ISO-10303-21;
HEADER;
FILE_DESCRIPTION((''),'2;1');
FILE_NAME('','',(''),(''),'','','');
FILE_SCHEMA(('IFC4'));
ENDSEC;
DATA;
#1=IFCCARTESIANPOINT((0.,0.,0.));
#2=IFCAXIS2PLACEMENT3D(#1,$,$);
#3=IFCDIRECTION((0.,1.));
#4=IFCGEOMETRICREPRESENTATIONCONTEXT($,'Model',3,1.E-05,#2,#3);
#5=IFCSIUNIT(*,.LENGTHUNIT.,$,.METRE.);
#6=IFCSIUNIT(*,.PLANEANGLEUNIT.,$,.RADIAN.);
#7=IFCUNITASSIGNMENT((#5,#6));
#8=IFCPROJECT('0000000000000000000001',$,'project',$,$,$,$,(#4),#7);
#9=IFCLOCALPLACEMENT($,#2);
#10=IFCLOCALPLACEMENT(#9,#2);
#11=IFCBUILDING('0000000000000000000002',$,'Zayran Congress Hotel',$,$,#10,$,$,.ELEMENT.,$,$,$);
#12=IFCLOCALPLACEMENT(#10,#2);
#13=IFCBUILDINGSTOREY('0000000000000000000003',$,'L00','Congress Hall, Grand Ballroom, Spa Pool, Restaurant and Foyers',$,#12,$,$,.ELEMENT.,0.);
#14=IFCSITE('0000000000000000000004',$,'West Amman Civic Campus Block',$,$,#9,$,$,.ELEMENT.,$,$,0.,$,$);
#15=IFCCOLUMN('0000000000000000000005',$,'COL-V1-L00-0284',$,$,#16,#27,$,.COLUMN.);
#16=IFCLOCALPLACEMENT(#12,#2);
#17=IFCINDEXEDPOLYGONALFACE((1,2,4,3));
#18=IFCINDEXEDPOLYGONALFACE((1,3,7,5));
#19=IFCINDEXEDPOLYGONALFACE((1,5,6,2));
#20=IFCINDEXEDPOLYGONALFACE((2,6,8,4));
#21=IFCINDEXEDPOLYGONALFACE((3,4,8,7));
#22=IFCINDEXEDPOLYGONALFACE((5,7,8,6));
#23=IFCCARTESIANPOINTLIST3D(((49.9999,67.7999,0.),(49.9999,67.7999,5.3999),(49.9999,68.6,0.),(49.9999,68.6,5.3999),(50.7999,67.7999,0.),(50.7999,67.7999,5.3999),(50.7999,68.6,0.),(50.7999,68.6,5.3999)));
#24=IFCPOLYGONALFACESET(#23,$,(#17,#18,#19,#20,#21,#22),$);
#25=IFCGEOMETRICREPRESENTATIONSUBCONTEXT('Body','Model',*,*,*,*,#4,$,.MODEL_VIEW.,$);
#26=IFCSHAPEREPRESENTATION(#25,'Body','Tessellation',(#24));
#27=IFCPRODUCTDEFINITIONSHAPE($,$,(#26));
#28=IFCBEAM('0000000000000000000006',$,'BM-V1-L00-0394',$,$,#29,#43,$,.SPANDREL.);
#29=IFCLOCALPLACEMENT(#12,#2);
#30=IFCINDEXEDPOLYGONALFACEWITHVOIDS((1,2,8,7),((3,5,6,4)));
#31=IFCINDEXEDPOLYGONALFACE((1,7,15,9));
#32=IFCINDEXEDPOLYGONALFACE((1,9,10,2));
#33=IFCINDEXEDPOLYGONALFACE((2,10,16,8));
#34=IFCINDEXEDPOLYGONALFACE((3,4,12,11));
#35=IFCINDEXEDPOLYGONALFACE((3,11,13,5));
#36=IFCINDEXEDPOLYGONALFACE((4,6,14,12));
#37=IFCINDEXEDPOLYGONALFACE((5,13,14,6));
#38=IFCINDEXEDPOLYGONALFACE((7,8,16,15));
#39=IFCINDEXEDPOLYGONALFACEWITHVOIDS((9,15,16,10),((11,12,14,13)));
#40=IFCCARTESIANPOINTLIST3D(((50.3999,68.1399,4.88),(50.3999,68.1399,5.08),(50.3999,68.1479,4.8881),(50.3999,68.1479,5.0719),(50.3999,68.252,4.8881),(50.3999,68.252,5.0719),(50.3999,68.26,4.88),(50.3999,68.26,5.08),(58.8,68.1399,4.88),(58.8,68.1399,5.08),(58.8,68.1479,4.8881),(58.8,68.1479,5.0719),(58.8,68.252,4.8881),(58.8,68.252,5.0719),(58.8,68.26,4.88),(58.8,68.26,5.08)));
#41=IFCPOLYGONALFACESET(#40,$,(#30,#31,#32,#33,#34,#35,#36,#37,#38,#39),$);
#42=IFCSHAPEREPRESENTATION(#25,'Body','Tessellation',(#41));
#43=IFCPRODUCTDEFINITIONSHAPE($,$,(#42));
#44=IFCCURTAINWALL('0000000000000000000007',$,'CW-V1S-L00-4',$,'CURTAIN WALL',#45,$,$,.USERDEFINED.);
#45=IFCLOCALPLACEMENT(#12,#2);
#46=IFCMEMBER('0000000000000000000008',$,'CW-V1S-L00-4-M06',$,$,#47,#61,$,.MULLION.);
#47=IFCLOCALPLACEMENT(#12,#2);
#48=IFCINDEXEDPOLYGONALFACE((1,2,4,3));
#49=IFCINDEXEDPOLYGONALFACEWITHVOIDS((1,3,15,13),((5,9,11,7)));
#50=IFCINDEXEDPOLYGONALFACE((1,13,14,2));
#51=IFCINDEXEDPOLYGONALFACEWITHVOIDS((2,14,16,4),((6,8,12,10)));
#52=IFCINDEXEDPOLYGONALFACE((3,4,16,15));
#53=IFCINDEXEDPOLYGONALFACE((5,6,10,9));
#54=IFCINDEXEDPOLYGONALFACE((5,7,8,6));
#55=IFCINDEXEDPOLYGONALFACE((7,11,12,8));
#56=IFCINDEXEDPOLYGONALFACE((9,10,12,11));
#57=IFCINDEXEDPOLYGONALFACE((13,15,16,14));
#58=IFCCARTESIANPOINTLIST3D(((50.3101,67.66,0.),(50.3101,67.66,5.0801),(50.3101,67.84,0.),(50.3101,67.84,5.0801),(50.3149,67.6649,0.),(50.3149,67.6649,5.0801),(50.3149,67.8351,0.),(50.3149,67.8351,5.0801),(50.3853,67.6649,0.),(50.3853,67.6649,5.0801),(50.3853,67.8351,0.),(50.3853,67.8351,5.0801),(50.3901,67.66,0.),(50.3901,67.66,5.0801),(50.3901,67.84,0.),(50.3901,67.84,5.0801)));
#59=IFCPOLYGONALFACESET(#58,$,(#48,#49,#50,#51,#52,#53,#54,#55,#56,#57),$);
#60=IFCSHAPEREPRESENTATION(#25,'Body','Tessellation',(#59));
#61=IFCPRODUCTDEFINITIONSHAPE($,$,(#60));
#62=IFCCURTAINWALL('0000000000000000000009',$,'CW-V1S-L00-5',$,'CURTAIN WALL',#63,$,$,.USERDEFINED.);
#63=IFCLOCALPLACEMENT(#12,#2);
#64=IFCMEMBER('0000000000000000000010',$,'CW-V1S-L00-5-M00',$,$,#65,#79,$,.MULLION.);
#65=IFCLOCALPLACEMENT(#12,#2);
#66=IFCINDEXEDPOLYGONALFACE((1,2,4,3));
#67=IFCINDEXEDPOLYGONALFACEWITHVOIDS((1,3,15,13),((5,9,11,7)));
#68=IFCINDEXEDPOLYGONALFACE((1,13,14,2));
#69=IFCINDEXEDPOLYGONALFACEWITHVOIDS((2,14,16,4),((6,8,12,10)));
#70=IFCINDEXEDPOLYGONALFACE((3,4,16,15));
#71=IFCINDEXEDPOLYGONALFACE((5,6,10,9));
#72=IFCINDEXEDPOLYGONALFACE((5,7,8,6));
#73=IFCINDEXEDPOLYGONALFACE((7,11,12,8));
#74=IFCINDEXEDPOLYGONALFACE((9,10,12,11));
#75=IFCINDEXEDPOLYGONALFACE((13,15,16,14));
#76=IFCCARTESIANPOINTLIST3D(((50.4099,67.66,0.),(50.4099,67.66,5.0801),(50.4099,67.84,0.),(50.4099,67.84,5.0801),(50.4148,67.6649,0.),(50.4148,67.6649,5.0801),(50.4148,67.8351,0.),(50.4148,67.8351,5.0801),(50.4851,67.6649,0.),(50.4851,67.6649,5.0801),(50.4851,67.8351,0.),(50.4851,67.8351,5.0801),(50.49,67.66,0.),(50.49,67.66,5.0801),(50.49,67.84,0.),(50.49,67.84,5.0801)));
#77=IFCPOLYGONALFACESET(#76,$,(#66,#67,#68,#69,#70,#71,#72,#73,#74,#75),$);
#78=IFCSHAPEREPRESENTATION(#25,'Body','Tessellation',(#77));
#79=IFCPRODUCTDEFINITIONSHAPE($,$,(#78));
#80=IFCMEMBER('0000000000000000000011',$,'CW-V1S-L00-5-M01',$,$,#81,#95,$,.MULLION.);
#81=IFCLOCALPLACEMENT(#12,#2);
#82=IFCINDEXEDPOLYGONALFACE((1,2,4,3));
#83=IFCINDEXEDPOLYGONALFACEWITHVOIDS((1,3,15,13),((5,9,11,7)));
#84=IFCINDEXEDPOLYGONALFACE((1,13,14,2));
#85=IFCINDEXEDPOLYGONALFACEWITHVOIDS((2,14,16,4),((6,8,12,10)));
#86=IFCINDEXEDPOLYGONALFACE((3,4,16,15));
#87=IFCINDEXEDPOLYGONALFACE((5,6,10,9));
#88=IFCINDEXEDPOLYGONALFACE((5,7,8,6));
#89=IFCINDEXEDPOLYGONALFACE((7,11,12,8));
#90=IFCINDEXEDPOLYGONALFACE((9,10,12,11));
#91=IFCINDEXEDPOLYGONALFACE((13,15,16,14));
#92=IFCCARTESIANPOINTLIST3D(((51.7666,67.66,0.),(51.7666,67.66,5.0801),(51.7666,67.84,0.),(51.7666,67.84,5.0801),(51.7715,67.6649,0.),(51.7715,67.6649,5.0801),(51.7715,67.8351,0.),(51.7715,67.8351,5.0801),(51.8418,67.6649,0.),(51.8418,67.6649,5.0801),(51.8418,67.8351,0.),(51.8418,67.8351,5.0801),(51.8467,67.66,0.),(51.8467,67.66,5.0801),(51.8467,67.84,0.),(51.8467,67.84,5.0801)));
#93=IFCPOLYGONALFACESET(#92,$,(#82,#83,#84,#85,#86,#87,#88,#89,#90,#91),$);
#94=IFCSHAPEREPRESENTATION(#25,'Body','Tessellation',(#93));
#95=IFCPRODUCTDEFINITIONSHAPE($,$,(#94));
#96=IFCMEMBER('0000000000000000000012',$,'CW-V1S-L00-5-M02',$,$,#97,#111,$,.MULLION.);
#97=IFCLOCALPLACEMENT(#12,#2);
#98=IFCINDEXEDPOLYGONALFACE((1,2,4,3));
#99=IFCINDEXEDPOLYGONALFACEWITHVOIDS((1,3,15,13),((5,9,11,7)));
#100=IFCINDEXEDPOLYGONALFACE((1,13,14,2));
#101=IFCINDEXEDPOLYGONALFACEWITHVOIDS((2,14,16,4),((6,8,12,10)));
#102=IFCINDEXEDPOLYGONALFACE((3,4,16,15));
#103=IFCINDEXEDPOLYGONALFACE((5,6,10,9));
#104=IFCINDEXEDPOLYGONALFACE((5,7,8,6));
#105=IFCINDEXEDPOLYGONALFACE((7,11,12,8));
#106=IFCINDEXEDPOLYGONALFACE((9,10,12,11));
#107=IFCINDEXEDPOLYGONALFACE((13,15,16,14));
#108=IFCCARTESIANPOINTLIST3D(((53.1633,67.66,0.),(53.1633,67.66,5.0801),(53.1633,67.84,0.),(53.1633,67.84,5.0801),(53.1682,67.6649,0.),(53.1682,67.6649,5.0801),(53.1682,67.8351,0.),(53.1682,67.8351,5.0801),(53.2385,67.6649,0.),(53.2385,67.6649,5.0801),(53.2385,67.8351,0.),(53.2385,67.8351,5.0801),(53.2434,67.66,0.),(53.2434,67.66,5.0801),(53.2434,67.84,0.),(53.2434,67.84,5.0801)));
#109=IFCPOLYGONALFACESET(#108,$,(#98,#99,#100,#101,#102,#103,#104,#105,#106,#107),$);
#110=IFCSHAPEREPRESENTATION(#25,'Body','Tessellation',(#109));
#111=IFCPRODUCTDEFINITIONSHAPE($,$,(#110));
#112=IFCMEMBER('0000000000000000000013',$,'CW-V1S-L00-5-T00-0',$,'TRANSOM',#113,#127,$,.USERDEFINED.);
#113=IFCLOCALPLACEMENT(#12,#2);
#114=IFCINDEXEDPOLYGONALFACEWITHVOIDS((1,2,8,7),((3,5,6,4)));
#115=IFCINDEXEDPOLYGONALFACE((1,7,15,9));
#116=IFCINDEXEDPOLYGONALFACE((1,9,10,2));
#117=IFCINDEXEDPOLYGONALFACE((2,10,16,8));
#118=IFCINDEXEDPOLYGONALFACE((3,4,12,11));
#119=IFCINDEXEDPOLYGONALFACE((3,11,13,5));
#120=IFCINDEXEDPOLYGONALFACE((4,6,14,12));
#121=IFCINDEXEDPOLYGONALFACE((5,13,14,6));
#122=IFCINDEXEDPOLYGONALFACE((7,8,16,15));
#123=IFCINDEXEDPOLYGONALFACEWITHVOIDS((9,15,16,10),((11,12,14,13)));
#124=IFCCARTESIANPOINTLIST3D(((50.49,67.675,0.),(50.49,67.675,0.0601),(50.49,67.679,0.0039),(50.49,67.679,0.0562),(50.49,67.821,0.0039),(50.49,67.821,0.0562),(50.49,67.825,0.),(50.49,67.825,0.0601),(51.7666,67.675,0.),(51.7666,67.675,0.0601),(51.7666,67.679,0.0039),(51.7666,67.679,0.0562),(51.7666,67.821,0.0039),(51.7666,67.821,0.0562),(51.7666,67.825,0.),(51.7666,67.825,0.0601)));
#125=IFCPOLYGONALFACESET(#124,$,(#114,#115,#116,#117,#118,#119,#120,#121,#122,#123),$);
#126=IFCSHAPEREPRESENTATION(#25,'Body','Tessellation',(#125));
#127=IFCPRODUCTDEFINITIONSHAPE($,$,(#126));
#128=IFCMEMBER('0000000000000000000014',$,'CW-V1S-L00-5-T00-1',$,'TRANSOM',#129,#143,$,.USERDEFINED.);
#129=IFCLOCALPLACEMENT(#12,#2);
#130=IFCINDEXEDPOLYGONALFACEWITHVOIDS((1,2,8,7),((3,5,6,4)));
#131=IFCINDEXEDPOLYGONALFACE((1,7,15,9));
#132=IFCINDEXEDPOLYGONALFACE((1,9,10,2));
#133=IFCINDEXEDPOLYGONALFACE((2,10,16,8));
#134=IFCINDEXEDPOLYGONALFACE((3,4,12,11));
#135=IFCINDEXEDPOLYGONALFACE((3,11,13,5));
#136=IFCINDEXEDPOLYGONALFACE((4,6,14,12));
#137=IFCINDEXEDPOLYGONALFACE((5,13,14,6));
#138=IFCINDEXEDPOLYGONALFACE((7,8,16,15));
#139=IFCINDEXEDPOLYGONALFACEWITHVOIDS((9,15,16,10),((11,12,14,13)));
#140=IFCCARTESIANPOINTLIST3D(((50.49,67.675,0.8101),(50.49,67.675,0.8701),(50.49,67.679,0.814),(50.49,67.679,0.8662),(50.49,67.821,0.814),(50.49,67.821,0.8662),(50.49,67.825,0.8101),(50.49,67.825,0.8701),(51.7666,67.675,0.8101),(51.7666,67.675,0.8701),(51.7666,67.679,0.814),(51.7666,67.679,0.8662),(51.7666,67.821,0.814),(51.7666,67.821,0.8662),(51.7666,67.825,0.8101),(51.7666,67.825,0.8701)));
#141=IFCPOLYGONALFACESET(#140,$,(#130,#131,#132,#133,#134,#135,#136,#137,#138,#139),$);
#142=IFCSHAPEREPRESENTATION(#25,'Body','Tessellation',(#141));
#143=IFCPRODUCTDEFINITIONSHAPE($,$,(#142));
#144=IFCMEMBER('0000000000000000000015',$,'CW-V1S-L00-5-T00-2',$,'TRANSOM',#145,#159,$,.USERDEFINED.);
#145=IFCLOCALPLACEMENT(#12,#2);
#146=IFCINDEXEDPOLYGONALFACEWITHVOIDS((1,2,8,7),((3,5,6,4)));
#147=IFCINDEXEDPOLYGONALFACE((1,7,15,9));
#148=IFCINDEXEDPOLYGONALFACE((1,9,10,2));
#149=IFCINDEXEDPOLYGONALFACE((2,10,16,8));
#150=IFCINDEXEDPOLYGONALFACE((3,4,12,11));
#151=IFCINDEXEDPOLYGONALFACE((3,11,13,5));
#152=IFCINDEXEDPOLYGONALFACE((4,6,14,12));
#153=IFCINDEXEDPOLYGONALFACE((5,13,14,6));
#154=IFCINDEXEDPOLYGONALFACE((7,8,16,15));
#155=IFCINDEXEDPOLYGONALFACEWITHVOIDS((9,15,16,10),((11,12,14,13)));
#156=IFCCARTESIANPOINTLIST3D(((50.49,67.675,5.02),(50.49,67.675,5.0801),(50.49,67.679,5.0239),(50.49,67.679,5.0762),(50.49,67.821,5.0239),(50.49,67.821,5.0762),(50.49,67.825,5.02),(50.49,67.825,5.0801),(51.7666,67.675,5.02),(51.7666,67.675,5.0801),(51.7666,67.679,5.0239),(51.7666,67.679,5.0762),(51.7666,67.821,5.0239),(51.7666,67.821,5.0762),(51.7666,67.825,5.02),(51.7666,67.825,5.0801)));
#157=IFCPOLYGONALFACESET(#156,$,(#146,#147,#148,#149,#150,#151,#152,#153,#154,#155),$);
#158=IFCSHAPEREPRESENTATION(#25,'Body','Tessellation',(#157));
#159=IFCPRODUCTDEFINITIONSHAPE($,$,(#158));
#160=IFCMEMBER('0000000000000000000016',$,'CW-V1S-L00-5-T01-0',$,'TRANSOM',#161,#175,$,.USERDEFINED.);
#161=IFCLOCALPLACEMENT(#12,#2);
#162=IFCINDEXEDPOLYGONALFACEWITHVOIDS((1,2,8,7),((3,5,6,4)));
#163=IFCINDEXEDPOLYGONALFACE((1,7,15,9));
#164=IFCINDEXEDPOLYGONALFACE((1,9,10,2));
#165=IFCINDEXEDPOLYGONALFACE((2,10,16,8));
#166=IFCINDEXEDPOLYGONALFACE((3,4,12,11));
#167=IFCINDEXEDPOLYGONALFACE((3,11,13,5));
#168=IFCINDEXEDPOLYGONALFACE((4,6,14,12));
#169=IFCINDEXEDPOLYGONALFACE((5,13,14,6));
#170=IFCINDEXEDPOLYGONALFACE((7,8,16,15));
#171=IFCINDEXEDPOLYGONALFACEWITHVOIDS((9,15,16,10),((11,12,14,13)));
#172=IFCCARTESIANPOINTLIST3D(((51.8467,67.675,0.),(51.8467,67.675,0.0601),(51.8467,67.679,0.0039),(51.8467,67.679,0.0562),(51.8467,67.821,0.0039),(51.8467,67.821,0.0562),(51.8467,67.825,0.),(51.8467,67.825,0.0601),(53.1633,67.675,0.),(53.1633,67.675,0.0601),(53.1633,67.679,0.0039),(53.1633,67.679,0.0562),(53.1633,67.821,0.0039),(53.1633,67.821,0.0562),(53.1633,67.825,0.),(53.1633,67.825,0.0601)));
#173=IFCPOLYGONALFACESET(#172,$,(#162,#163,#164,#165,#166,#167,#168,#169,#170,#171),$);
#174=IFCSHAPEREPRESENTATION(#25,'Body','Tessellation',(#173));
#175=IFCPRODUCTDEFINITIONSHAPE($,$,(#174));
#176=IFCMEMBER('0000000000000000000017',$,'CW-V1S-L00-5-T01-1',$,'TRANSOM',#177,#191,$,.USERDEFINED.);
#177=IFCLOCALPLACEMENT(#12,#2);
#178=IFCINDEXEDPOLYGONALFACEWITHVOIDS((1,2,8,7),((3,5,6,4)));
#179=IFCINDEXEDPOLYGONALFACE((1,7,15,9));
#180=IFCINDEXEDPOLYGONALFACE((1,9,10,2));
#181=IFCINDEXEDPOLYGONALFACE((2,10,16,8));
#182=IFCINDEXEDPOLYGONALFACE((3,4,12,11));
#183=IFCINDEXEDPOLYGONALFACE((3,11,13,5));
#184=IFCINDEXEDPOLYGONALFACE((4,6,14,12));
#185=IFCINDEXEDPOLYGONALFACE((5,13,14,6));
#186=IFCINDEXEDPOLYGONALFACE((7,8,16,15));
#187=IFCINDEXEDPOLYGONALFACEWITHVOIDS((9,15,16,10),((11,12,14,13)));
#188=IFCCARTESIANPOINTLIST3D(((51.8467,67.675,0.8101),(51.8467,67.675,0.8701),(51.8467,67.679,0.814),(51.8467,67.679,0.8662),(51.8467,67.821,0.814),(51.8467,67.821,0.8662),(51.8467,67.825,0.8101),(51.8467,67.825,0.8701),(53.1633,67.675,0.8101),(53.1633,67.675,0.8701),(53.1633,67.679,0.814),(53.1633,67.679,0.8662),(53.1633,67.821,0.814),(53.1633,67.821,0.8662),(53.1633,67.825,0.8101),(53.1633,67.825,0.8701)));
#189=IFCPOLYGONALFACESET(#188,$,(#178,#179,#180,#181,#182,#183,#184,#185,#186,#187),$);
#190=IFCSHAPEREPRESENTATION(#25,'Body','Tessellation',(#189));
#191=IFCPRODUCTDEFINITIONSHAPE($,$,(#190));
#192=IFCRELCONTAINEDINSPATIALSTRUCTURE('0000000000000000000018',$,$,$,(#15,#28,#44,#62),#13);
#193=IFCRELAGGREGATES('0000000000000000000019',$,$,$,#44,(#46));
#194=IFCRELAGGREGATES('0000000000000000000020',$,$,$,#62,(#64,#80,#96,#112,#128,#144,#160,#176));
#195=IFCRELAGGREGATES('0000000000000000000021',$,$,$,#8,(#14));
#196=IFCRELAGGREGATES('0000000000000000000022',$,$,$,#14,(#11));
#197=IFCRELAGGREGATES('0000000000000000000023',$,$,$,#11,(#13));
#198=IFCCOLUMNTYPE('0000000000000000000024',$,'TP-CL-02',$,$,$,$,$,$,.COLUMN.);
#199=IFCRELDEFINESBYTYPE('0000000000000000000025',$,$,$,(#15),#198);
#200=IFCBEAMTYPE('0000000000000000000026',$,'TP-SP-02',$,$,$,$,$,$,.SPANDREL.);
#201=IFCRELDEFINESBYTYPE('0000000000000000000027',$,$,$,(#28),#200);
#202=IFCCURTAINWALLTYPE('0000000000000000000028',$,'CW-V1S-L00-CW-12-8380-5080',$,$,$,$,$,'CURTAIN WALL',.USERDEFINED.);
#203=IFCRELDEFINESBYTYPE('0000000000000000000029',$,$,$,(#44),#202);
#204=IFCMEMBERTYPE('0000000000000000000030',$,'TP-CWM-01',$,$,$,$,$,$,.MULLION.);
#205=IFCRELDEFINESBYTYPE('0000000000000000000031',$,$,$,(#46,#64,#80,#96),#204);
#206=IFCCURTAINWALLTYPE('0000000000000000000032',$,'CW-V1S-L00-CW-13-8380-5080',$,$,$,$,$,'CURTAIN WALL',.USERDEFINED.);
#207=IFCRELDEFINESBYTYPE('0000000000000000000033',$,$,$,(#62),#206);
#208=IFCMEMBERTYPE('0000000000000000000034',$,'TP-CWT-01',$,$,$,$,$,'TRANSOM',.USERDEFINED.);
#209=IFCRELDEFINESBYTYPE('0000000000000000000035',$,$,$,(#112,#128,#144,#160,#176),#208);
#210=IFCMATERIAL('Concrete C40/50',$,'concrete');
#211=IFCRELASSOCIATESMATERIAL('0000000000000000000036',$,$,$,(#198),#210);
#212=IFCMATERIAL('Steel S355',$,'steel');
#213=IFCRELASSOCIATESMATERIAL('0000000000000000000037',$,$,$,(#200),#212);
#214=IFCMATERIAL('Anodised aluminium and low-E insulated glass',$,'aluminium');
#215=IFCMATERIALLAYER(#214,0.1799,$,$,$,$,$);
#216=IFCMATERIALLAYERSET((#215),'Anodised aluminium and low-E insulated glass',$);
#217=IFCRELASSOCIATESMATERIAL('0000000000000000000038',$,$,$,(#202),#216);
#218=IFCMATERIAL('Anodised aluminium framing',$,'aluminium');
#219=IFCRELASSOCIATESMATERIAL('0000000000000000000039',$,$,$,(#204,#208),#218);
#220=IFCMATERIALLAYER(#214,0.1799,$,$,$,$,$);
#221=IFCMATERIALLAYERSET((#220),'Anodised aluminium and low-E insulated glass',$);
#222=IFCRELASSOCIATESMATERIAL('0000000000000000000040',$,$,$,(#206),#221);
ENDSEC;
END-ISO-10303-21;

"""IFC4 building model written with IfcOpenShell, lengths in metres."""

from ifc_helpers import new_model, si_unit, direction, frame, origin, origin_2d, place, context, subcontext, project, spatial, rectangle, hollow_rectangle, extrude, material, layer, layer_set, material_profile, profile_set, type_object, element, aggregate, save


model = new_model("IFC4")

# Units and contexts
model_context = context("Model", 3, precision=1e-05, world=origin(), true_north=direction((0.0, 1.0)))
body_context = subcontext(model_context, "Body", "Model", "MODEL_VIEW")
ifc_project = project(units=[si_unit("LENGTHUNIT", "METRE"), si_unit("PLANEANGLEUNIT", "RADIAN")], contexts=[model_context])

# Site, building, storey
site_placement = place(None, origin())
site = spatial("IfcSite", under=ifc_project, at=site_placement, Name="West Amman Civic Campus Block", CompositionType="ELEMENT", RefElevation=0.0)
building_placement = place(site_placement, origin())
building = spatial("IfcBuilding", under=site, at=building_placement, Name="Zayran Congress Hotel", CompositionType="ELEMENT")
storey_placement = place(building_placement, origin())
storey = spatial("IfcBuildingStorey", under=building, at=storey_placement, Name="L00", Description="Congress Hall, Grand Ballroom, Spa Pool, Restaurant and Foyers", CompositionType="ELEMENT", Elevation=0.0)

# Column
ifc_material_1 = material(Name="Concrete C40/50", Category="concrete")
ifc_material_profile_1 = material_profile(ifc_material_1, rectangle(XDim=0.8, YDim=0.8, at=origin_2d()), Name="RC 800x800")
ifc_profile_set_1 = profile_set([ifc_material_profile_1], Name="Concrete C40/50")
column_type = type_object("IfcColumnType", Name="TP-CL-02", PredefinedType="COLUMN", material=ifc_profile_set_1)
column_placement = place(storey_placement, frame((50.3999, 68.2, 0.0), z_axis=(0.0, 0.0, 1.0), x_axis=(1.0, 0.0, 0.0)))
element("IfcColumn", 1, at=column_placement, inside=storey, type_object=column_type, Name="COL-V1-L00-0284", PredefinedType="COLUMN", context=body_context, shape_type="SweptSolid", body=[
    extrude(rectangle(XDim=0.8, YDim=0.8, at=origin_2d()), origin(), (0.0, 0.0, 1.0), 5.3999),
])

# Beam
ifc_material_2 = material(Name="Steel S355", Category="steel")
ifc_material_profile_2 = material_profile(ifc_material_2, hollow_rectangle(XDim=0.1201, YDim=0.2, WallThickness=0.0081, at=origin_2d()), Name="RHS 200x120x8")
ifc_profile_set_2 = profile_set([ifc_material_profile_2], Name="Steel S355")
beam_type = type_object("IfcBeamType", Name="TP-SP-02", PredefinedType="SPANDREL", material=ifc_profile_set_2)
beam_placement = place(storey_placement, frame((50.3999, 68.2, 4.98), z_axis=(1.0, 0.0, 0.0), x_axis=(0.0, 1.0, 0.0)))
element("IfcBeam", 2, at=beam_placement, inside=storey, type_object=beam_type, Name="BM-V1-L00-0394", PredefinedType="SPANDREL", context=body_context, shape_type="SweptSolid", body=[
    extrude(hollow_rectangle(XDim=0.1201, YDim=0.2, WallThickness=0.0081, at=origin_2d()), origin(), (0.0, 0.0, 1.0), 8.4001),
])

# Curtain wall, member
ifc_material_3 = material(Name="Anodised aluminium and low-E insulated glass", Category="aluminium")
ifc_layer_1 = layer(ifc_material_3, 0.1799)
ifc_layer_set_1 = layer_set([ifc_layer_1], Name="Anodised aluminium and low-E insulated glass")
curtain_wall_type_1 = type_object("IfcCurtainWallType", Name="CW-V1S-L00-CW-12-8380-5080", ElementType="CURTAIN WALL", PredefinedType="USERDEFINED", material=ifc_layer_set_1)
curtain_wall_1_placement = place(storey_placement, origin())
curtain_wall_1 = element("IfcCurtainWall", 3, at=curtain_wall_1_placement, inside=storey, type_object=curtain_wall_type_1, Name="CW-V1S-L00-4", ObjectType="CURTAIN WALL", PredefinedType="USERDEFINED")
ifc_material_4 = material(Name="Anodised aluminium framing", Category="aluminium")
ifc_material_profile_3 = material_profile(ifc_material_4, hollow_rectangle(XDim=0.0801, YDim=0.1799, WallThickness=0.0049, at=origin_2d()), Name="RHS 180x80x5")
ifc_profile_set_3 = profile_set([ifc_material_profile_3], Name="Anodised aluminium framing")
member_type_1 = type_object("IfcMemberType", Name="TP-CWM-01", PredefinedType="MULLION", material=ifc_profile_set_3)
member_1_placement = place(storey_placement, frame((50.3501, 67.75, 0.0), z_axis=(0.0, 0.0, 1.0), x_axis=(1.0, 0.0, 0.0)))
member_1 = element("IfcMember", 4, at=member_1_placement, type_object=member_type_1, Name="CW-V1S-L00-4-M06", PredefinedType="MULLION", context=body_context, shape_type="SweptSolid", body=[
    extrude(hollow_rectangle(XDim=0.0801, YDim=0.1799, WallThickness=0.0049, at=origin_2d()), origin(), (0.0, 0.0, 1.0), 5.0801),
])

# Curtain wall, members
ifc_layer_2 = layer(ifc_material_3, 0.1799)
ifc_layer_set_2 = layer_set([ifc_layer_2], Name="Anodised aluminium and low-E insulated glass")
curtain_wall_type_2 = type_object("IfcCurtainWallType", Name="CW-V1S-L00-CW-13-8380-5080", ElementType="CURTAIN WALL", PredefinedType="USERDEFINED", material=ifc_layer_set_2)
curtain_wall_2_placement = place(storey_placement, origin())
curtain_wall_2 = element("IfcCurtainWall", 5, at=curtain_wall_2_placement, inside=storey, type_object=curtain_wall_type_2, Name="CW-V1S-L00-5", ObjectType="CURTAIN WALL", PredefinedType="USERDEFINED")
member_2_placement = place(storey_placement, frame((50.45, 67.75, 0.0), z_axis=(0.0, 0.0, 1.0), x_axis=(1.0, 0.0, 0.0)))
member_2 = element("IfcMember", 6, at=member_2_placement, type_object=member_type_1, Name="CW-V1S-L00-5-M00", PredefinedType="MULLION", context=body_context, shape_type="SweptSolid", body=[
    extrude(hollow_rectangle(XDim=0.0801, YDim=0.1799, WallThickness=0.0049, at=origin_2d()), origin(), (0.0, 0.0, 1.0), 5.0801),
])
member_3_placement = place(storey_placement, frame((51.8066, 67.75, 0.0), z_axis=(0.0, 0.0, 1.0), x_axis=(1.0, 0.0, 0.0)))
member_3 = element("IfcMember", 7, at=member_3_placement, type_object=member_type_1, Name="CW-V1S-L00-5-M01", PredefinedType="MULLION", context=body_context, shape_type="SweptSolid", body=[
    extrude(hollow_rectangle(XDim=0.0801, YDim=0.1799, WallThickness=0.0049, at=origin_2d()), origin(), (0.0, 0.0, 1.0), 5.0801),
])
member_4_placement = place(storey_placement, frame((53.2034, 67.75, 0.0), z_axis=(0.0, 0.0, 1.0), x_axis=(1.0, 0.0, 0.0)))
member_4 = element("IfcMember", 8, at=member_4_placement, type_object=member_type_1, Name="CW-V1S-L00-5-M02", PredefinedType="MULLION", context=body_context, shape_type="SweptSolid", body=[
    extrude(hollow_rectangle(XDim=0.0801, YDim=0.1799, WallThickness=0.0049, at=origin_2d()), origin(), (0.0, 0.0, 1.0), 5.0801),
])
ifc_material_profile_4 = material_profile(ifc_material_4, hollow_rectangle(XDim=0.0601, YDim=0.1499, WallThickness=0.0039, at=origin_2d()), Name="RHS 150x60x4")
ifc_profile_set_4 = profile_set([ifc_material_profile_4], Name="Anodised aluminium framing")
member_type_2 = type_object("IfcMemberType", Name="TP-CWT-01", ElementType="TRANSOM", PredefinedType="USERDEFINED", material=ifc_profile_set_4)
member_5_placement = place(storey_placement, frame((50.49, 67.75, 0.03), z_axis=(1.0, 0.0, 0.0), x_axis=(0.0, 0.0, 1.0)))
member_5 = element("IfcMember", 9, at=member_5_placement, type_object=member_type_2, Name="CW-V1S-L00-5-T00-0", ObjectType="TRANSOM", PredefinedType="USERDEFINED", context=body_context, shape_type="SweptSolid", body=[
    extrude(hollow_rectangle(XDim=0.0601, YDim=0.1499, WallThickness=0.0039, at=origin_2d()), origin(), (0.0, 0.0, 1.0), 1.2766),
])
member_6_placement = place(storey_placement, frame((50.49, 67.75, 0.8401), z_axis=(1.0, 0.0, 0.0), x_axis=(0.0, 0.0, 1.0)))
member_6 = element("IfcMember", 10, at=member_6_placement, type_object=member_type_2, Name="CW-V1S-L00-5-T00-1", ObjectType="TRANSOM", PredefinedType="USERDEFINED", context=body_context, shape_type="SweptSolid", body=[
    extrude(hollow_rectangle(XDim=0.0601, YDim=0.1499, WallThickness=0.0039, at=origin_2d()), origin(), (0.0, 0.0, 1.0), 1.2766),
])
member_7_placement = place(storey_placement, frame((50.49, 67.75, 5.05), z_axis=(1.0, 0.0, 0.0), x_axis=(0.0, 0.0, 1.0)))
member_7 = element("IfcMember", 11, at=member_7_placement, type_object=member_type_2, Name="CW-V1S-L00-5-T00-2", ObjectType="TRANSOM", PredefinedType="USERDEFINED", context=body_context, shape_type="SweptSolid", body=[
    extrude(hollow_rectangle(XDim=0.0601, YDim=0.1499, WallThickness=0.0039, at=origin_2d()), origin(), (0.0, 0.0, 1.0), 1.2766),
])
member_8_placement = place(storey_placement, frame((51.8467, 67.75, 0.03), z_axis=(1.0, 0.0, 0.0), x_axis=(0.0, 0.0, 1.0)))
member_8 = element("IfcMember", 12, at=member_8_placement, type_object=member_type_2, Name="CW-V1S-L00-5-T01-0", ObjectType="TRANSOM", PredefinedType="USERDEFINED", context=body_context, shape_type="SweptSolid", body=[
    extrude(hollow_rectangle(XDim=0.0601, YDim=0.1499, WallThickness=0.0039, at=origin_2d()), origin(), (0.0, 0.0, 1.0), 1.3167),
])
member_9_placement = place(storey_placement, frame((51.8467, 67.75, 0.8401), z_axis=(1.0, 0.0, 0.0), x_axis=(0.0, 0.0, 1.0)))
member_9 = element("IfcMember", 13, at=member_9_placement, type_object=member_type_2, Name="CW-V1S-L00-5-T01-1", ObjectType="TRANSOM", PredefinedType="USERDEFINED", context=body_context, shape_type="SweptSolid", body=[
    extrude(hollow_rectangle(XDim=0.0601, YDim=0.1499, WallThickness=0.0039, at=origin_2d()), origin(), (0.0, 0.0, 1.0), 1.3167),
])

aggregate(curtain_wall_1, [member_1])
aggregate(curtain_wall_2, [member_2, member_3, member_4, member_5, member_6, member_7, member_8, member_9])

save(model, "model.ifc")
